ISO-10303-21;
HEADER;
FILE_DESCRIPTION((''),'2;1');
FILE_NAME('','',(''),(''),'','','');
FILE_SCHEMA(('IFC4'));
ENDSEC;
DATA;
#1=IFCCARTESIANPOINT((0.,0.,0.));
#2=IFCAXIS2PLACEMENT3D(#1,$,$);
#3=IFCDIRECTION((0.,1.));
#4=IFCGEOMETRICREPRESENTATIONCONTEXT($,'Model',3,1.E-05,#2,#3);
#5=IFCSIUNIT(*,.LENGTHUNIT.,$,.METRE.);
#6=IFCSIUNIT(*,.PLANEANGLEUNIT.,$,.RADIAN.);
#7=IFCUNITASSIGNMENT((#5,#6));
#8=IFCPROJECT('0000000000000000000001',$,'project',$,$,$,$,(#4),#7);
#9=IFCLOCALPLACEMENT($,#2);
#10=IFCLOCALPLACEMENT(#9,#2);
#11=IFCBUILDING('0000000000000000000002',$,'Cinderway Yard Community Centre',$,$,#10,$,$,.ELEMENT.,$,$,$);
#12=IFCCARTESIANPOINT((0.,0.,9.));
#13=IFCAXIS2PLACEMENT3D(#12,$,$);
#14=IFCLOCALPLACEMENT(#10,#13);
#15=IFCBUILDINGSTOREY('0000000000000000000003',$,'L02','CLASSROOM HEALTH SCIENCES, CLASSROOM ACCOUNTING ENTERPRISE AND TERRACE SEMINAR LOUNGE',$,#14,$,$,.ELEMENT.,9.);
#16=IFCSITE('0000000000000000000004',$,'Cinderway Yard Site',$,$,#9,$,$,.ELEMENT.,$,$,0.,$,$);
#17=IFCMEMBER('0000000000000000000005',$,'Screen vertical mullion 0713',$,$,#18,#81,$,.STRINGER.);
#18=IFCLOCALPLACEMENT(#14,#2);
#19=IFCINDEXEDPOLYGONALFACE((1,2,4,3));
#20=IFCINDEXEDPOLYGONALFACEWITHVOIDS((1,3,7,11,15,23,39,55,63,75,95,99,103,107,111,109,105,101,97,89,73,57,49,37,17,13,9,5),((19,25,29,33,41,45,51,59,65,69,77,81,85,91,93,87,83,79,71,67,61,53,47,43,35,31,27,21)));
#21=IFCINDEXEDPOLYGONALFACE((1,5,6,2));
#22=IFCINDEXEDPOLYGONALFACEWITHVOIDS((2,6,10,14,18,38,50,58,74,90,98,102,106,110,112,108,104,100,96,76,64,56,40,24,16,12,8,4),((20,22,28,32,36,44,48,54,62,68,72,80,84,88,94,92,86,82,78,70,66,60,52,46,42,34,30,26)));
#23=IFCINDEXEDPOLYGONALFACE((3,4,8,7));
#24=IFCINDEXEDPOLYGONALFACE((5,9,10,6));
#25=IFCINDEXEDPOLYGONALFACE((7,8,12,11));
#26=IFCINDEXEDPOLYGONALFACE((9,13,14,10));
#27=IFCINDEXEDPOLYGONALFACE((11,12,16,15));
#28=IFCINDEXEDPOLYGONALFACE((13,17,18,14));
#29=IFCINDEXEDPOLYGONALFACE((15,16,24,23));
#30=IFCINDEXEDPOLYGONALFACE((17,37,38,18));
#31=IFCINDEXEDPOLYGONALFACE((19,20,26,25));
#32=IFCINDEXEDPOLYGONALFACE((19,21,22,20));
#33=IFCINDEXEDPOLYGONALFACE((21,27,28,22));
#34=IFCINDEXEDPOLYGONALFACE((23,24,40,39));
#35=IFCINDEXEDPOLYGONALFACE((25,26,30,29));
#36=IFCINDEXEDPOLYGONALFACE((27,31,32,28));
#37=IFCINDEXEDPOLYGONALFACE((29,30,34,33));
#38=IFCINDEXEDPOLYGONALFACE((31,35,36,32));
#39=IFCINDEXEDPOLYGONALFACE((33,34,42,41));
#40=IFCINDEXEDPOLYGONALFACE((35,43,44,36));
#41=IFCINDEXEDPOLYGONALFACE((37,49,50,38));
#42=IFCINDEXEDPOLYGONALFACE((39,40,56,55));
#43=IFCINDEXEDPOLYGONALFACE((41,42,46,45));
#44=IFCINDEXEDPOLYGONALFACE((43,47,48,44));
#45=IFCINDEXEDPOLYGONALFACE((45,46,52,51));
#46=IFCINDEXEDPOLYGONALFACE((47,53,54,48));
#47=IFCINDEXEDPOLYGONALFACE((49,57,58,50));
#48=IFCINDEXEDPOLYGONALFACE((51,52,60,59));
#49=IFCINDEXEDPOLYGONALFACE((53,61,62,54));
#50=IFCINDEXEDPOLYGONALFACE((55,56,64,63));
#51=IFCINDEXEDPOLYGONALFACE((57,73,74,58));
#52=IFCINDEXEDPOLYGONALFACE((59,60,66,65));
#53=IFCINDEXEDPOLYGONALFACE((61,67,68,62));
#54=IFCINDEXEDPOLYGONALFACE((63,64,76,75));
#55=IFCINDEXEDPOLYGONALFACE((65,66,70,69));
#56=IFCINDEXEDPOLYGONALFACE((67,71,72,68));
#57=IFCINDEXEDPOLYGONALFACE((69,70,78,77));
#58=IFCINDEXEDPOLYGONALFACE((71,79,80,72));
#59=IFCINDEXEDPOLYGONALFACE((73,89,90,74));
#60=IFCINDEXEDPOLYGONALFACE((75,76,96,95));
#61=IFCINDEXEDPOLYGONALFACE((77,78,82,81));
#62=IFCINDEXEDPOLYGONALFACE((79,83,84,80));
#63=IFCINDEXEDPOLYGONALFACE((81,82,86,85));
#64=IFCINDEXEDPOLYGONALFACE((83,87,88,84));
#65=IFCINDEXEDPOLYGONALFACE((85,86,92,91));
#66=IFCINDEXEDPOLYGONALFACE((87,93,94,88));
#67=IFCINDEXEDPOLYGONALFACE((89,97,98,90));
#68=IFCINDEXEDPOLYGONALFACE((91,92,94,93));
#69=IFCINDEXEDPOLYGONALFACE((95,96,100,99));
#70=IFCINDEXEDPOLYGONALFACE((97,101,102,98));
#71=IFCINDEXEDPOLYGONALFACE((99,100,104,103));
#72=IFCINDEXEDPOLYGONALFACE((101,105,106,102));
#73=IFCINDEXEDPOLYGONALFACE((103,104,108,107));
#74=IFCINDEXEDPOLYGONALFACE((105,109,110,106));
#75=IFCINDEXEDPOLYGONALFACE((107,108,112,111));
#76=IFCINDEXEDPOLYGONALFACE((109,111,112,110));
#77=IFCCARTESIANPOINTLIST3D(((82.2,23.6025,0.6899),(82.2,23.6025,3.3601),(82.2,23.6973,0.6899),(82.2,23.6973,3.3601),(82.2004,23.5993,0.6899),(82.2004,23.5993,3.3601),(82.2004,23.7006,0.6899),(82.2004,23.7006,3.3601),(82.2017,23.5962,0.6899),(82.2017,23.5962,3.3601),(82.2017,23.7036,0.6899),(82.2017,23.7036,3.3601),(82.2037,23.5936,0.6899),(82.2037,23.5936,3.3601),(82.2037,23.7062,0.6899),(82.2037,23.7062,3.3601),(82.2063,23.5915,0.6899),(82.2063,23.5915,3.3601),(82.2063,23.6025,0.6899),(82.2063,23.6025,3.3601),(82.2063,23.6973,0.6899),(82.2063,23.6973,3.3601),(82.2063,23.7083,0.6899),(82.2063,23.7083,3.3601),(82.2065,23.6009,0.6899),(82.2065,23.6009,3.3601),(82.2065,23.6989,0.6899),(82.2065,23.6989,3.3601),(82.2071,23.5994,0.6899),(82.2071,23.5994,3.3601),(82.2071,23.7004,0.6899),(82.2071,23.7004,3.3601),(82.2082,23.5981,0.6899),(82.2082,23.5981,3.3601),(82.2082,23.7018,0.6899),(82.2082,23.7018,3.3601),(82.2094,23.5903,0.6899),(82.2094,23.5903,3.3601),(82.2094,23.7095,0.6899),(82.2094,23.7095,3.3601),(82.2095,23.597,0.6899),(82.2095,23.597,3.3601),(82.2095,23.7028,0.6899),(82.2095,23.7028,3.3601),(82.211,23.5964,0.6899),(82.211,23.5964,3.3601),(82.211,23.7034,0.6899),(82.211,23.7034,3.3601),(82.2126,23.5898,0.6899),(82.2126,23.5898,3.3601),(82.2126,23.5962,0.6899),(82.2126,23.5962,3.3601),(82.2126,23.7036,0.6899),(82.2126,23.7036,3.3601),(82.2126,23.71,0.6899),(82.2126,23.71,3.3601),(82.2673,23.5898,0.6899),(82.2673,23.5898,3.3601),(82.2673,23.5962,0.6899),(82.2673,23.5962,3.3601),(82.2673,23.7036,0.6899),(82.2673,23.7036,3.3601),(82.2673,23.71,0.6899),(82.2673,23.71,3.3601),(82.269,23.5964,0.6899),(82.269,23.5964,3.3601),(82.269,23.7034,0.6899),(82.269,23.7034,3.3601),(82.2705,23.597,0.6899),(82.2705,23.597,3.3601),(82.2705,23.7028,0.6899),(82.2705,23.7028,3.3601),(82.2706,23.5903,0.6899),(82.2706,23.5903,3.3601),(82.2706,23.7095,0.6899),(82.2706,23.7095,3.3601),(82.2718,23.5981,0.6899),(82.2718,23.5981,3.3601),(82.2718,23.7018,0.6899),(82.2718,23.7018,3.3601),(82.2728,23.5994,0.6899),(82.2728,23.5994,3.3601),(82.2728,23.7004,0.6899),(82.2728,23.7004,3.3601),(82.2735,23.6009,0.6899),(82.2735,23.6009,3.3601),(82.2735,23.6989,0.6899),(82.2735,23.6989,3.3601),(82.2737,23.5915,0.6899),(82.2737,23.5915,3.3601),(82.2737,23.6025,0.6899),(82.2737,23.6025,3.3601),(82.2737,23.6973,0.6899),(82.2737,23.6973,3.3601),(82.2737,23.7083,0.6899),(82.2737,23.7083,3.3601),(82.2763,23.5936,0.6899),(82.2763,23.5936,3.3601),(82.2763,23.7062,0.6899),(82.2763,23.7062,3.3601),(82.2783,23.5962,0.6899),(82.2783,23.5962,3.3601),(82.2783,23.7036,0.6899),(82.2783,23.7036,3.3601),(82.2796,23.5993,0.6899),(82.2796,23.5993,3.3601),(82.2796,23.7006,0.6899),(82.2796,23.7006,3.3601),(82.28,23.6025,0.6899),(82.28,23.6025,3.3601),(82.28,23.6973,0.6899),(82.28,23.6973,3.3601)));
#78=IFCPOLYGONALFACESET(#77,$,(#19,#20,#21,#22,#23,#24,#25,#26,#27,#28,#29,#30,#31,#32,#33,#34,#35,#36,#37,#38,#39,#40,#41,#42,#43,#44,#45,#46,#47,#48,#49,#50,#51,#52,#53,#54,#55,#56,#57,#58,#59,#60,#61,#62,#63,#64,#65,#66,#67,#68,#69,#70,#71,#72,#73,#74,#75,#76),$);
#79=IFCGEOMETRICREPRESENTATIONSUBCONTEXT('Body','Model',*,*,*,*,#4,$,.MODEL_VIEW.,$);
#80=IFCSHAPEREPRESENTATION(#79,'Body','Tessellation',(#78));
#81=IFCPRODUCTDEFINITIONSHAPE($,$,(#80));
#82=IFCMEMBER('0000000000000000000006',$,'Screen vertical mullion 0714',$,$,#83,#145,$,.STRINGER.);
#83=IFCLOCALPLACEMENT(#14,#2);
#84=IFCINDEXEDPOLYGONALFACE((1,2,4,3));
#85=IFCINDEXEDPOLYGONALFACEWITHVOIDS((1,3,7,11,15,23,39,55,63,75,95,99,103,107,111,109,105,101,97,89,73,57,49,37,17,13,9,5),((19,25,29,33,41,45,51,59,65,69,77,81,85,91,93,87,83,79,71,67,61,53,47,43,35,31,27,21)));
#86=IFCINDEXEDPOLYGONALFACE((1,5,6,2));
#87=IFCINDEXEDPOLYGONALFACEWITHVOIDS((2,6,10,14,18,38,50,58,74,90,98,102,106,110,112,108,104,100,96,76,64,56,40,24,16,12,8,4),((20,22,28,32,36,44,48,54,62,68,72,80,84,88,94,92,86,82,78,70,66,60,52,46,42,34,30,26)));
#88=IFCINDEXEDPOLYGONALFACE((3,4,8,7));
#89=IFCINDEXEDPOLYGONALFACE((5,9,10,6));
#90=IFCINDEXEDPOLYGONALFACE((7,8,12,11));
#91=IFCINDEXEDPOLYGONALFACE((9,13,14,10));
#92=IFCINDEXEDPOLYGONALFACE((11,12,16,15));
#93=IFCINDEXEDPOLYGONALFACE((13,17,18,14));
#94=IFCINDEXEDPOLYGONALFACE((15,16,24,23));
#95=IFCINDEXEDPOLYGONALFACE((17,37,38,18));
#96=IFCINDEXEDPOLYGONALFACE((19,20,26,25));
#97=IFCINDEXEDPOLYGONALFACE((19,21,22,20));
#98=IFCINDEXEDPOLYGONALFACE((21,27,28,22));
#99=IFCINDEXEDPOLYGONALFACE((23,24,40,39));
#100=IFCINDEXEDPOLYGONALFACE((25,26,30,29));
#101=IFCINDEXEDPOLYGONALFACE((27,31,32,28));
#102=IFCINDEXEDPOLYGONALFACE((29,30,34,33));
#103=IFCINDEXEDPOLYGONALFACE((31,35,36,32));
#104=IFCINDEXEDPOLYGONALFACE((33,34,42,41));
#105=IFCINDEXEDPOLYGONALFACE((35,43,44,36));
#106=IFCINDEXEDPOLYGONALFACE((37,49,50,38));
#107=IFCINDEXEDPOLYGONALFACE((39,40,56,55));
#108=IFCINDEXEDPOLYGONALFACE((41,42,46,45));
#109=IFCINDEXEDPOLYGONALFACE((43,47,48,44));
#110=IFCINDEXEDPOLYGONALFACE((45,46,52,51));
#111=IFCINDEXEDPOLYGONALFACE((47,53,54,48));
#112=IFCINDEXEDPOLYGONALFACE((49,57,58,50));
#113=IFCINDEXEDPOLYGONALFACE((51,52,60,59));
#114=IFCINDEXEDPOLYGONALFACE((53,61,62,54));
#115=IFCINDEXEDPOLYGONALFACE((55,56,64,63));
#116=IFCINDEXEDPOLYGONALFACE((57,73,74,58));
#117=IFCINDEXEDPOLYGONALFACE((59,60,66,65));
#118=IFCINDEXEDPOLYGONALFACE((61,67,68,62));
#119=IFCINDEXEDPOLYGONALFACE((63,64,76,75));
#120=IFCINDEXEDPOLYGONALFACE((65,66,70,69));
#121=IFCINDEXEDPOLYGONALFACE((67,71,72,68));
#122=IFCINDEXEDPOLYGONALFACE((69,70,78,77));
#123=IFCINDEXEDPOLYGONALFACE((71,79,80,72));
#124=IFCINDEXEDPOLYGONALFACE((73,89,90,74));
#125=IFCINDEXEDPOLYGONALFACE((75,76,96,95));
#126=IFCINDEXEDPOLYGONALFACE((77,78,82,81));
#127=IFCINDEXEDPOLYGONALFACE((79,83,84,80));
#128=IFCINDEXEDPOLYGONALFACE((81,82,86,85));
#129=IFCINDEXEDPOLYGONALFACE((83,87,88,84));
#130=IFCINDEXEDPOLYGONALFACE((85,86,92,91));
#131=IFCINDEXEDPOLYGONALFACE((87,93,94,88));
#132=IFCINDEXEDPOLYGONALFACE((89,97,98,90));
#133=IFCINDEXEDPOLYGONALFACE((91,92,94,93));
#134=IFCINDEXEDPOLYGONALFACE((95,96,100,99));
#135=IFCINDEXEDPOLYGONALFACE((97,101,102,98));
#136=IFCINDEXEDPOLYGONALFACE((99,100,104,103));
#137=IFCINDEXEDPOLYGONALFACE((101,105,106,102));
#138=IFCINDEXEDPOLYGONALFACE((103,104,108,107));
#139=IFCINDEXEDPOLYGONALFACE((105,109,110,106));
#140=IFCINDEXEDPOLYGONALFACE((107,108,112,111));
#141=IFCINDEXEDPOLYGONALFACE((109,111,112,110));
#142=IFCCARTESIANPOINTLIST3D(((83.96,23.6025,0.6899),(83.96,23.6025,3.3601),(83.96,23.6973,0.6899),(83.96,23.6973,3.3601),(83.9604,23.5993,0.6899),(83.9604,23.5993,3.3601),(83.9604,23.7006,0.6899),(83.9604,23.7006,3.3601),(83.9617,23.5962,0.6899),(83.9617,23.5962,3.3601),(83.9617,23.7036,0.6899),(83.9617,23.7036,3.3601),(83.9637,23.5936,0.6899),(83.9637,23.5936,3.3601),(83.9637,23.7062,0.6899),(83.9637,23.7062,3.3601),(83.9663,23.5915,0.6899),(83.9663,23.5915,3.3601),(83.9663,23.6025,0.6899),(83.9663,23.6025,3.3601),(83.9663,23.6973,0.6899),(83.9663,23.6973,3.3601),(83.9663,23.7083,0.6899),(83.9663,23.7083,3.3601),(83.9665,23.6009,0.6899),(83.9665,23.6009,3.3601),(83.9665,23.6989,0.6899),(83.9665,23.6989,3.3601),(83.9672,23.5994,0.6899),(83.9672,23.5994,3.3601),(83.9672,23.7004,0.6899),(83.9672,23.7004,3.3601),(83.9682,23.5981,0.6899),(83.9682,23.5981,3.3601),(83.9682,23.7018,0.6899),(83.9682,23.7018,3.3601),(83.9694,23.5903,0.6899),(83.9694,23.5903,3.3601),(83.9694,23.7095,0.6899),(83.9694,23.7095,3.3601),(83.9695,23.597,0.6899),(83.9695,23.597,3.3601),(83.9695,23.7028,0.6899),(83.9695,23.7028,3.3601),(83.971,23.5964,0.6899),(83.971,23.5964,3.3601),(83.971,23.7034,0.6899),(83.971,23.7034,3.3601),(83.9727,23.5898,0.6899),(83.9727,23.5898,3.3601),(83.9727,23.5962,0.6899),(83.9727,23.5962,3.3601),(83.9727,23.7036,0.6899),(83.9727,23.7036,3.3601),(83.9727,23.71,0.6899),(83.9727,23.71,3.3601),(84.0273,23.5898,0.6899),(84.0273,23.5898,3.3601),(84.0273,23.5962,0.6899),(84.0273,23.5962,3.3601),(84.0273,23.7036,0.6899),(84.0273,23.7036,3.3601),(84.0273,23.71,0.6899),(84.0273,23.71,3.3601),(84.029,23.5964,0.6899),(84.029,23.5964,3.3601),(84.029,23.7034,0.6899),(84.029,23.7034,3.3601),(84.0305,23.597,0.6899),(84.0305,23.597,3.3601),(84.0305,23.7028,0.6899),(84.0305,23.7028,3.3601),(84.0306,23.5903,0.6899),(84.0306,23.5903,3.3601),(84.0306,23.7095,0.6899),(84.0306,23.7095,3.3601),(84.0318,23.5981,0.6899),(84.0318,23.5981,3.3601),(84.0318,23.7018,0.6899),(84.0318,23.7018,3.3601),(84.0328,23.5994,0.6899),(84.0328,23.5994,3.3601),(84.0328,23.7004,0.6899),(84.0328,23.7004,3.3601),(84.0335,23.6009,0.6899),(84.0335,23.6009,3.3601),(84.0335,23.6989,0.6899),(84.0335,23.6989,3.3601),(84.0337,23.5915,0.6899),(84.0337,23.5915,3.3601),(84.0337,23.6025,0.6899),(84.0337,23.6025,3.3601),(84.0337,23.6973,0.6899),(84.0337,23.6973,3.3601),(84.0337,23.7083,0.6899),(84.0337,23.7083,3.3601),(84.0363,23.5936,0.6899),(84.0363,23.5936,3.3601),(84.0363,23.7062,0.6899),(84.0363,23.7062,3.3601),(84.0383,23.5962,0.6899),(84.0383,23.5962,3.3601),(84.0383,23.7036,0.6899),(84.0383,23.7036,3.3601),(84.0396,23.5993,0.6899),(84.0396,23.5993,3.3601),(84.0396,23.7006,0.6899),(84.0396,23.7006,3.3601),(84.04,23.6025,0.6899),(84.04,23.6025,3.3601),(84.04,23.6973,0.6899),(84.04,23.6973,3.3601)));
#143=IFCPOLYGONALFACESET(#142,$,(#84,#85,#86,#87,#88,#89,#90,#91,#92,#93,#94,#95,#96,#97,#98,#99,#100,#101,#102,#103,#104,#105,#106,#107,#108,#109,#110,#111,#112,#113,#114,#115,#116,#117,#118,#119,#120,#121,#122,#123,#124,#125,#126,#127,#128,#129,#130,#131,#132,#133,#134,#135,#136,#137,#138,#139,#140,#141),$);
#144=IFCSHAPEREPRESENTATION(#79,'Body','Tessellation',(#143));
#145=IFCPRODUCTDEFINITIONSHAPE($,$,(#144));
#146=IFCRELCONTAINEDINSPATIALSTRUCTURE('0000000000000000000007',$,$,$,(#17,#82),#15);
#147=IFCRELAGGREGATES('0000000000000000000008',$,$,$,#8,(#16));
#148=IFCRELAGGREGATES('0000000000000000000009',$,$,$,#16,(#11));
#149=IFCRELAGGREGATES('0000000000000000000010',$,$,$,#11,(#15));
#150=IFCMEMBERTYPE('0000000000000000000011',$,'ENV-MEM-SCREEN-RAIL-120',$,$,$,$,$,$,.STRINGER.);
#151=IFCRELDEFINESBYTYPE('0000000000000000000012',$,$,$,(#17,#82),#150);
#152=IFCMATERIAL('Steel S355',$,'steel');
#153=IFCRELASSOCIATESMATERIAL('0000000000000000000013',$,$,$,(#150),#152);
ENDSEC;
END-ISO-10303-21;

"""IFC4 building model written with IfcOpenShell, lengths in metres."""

from ifc_helpers import new_model, si_unit, direction, frame, origin, origin_2d, place, context, subcontext, project, spatial, hollow_rectangle, extrude, material, material_profile, profile_set, type_object, element, save


model = new_model("IFC4")

# Units and contexts
model_context = context("Model", 3, precision=1e-05, world=origin(), true_north=direction((0.0, 1.0)))
body_context = subcontext(model_context, "Body", "Model", "MODEL_VIEW")
ifc_project = project(units=[si_unit("LENGTHUNIT", "METRE"), si_unit("PLANEANGLEUNIT", "RADIAN")], contexts=[model_context])

# Site, building, storey
site_placement = place(None, origin())
site = spatial("IfcSite", under=ifc_project, at=site_placement, Name="Cinderway Yard Site", CompositionType="ELEMENT", RefElevation=0.0)
building_placement = place(site_placement, origin())
building = spatial("IfcBuilding", under=site, at=building_placement, Name="Cinderway Yard Community Centre", CompositionType="ELEMENT")
storey_placement = place(building_placement, frame((0.0, 0.0, 9.0)))
storey = spatial("IfcBuildingStorey", under=building, at=storey_placement, Name="L02", Description="CLASSROOM HEALTH SCIENCES, CLASSROOM ACCOUNTING ENTERPRISE AND TERRACE SEMINAR LOUNGE", CompositionType="ELEMENT", Elevation=9.0)

# Members
ifc_material_1 = material(Name="Steel S355", Category="steel")
ifc_material_profile = material_profile(ifc_material_1, hollow_rectangle(XDim=0.0801, YDim=0.1201, WallThickness=0.0063, InnerFilletRadius=0.0063, OuterFilletRadius=0.0127, at=origin_2d()), Name="Steel S355")
ifc_profile_set = profile_set([ifc_material_profile], Name="Steel S355")
member_type = type_object("IfcMemberType", Name="ENV-MEM-SCREEN-RAIL-120", PredefinedType="STRINGER", material=ifc_profile_set)
for number, where, z_axis, x_axis, name in (
    (1, (82.24, 23.6499, 0.6899), (0.0, 0.0, 1.0), (1.0, 0.0, 0.0), "Screen vertical mullion 0713"),
    (2, (84.0, 23.6499, 0.6899), (0.0, 0.0, 1.0), (1.0, 0.0, 0.0), "Screen vertical mullion 0714"),
):
    element("IfcMember", number, at=place(storey_placement, frame(where, z_axis=z_axis, x_axis=x_axis)), inside=storey, type_object=member_type, Name=name, PredefinedType="STRINGER", context=body_context, shape_type="SweptSolid", body=[
        extrude(hollow_rectangle(XDim=0.0801, YDim=0.1201, WallThickness=0.0063, InnerFilletRadius=0.0063, OuterFilletRadius=0.0127, at=origin_2d()), origin(), (0.0, 0.0, 1.0), 2.6702),
    ])

save(model, "model.ifc")
